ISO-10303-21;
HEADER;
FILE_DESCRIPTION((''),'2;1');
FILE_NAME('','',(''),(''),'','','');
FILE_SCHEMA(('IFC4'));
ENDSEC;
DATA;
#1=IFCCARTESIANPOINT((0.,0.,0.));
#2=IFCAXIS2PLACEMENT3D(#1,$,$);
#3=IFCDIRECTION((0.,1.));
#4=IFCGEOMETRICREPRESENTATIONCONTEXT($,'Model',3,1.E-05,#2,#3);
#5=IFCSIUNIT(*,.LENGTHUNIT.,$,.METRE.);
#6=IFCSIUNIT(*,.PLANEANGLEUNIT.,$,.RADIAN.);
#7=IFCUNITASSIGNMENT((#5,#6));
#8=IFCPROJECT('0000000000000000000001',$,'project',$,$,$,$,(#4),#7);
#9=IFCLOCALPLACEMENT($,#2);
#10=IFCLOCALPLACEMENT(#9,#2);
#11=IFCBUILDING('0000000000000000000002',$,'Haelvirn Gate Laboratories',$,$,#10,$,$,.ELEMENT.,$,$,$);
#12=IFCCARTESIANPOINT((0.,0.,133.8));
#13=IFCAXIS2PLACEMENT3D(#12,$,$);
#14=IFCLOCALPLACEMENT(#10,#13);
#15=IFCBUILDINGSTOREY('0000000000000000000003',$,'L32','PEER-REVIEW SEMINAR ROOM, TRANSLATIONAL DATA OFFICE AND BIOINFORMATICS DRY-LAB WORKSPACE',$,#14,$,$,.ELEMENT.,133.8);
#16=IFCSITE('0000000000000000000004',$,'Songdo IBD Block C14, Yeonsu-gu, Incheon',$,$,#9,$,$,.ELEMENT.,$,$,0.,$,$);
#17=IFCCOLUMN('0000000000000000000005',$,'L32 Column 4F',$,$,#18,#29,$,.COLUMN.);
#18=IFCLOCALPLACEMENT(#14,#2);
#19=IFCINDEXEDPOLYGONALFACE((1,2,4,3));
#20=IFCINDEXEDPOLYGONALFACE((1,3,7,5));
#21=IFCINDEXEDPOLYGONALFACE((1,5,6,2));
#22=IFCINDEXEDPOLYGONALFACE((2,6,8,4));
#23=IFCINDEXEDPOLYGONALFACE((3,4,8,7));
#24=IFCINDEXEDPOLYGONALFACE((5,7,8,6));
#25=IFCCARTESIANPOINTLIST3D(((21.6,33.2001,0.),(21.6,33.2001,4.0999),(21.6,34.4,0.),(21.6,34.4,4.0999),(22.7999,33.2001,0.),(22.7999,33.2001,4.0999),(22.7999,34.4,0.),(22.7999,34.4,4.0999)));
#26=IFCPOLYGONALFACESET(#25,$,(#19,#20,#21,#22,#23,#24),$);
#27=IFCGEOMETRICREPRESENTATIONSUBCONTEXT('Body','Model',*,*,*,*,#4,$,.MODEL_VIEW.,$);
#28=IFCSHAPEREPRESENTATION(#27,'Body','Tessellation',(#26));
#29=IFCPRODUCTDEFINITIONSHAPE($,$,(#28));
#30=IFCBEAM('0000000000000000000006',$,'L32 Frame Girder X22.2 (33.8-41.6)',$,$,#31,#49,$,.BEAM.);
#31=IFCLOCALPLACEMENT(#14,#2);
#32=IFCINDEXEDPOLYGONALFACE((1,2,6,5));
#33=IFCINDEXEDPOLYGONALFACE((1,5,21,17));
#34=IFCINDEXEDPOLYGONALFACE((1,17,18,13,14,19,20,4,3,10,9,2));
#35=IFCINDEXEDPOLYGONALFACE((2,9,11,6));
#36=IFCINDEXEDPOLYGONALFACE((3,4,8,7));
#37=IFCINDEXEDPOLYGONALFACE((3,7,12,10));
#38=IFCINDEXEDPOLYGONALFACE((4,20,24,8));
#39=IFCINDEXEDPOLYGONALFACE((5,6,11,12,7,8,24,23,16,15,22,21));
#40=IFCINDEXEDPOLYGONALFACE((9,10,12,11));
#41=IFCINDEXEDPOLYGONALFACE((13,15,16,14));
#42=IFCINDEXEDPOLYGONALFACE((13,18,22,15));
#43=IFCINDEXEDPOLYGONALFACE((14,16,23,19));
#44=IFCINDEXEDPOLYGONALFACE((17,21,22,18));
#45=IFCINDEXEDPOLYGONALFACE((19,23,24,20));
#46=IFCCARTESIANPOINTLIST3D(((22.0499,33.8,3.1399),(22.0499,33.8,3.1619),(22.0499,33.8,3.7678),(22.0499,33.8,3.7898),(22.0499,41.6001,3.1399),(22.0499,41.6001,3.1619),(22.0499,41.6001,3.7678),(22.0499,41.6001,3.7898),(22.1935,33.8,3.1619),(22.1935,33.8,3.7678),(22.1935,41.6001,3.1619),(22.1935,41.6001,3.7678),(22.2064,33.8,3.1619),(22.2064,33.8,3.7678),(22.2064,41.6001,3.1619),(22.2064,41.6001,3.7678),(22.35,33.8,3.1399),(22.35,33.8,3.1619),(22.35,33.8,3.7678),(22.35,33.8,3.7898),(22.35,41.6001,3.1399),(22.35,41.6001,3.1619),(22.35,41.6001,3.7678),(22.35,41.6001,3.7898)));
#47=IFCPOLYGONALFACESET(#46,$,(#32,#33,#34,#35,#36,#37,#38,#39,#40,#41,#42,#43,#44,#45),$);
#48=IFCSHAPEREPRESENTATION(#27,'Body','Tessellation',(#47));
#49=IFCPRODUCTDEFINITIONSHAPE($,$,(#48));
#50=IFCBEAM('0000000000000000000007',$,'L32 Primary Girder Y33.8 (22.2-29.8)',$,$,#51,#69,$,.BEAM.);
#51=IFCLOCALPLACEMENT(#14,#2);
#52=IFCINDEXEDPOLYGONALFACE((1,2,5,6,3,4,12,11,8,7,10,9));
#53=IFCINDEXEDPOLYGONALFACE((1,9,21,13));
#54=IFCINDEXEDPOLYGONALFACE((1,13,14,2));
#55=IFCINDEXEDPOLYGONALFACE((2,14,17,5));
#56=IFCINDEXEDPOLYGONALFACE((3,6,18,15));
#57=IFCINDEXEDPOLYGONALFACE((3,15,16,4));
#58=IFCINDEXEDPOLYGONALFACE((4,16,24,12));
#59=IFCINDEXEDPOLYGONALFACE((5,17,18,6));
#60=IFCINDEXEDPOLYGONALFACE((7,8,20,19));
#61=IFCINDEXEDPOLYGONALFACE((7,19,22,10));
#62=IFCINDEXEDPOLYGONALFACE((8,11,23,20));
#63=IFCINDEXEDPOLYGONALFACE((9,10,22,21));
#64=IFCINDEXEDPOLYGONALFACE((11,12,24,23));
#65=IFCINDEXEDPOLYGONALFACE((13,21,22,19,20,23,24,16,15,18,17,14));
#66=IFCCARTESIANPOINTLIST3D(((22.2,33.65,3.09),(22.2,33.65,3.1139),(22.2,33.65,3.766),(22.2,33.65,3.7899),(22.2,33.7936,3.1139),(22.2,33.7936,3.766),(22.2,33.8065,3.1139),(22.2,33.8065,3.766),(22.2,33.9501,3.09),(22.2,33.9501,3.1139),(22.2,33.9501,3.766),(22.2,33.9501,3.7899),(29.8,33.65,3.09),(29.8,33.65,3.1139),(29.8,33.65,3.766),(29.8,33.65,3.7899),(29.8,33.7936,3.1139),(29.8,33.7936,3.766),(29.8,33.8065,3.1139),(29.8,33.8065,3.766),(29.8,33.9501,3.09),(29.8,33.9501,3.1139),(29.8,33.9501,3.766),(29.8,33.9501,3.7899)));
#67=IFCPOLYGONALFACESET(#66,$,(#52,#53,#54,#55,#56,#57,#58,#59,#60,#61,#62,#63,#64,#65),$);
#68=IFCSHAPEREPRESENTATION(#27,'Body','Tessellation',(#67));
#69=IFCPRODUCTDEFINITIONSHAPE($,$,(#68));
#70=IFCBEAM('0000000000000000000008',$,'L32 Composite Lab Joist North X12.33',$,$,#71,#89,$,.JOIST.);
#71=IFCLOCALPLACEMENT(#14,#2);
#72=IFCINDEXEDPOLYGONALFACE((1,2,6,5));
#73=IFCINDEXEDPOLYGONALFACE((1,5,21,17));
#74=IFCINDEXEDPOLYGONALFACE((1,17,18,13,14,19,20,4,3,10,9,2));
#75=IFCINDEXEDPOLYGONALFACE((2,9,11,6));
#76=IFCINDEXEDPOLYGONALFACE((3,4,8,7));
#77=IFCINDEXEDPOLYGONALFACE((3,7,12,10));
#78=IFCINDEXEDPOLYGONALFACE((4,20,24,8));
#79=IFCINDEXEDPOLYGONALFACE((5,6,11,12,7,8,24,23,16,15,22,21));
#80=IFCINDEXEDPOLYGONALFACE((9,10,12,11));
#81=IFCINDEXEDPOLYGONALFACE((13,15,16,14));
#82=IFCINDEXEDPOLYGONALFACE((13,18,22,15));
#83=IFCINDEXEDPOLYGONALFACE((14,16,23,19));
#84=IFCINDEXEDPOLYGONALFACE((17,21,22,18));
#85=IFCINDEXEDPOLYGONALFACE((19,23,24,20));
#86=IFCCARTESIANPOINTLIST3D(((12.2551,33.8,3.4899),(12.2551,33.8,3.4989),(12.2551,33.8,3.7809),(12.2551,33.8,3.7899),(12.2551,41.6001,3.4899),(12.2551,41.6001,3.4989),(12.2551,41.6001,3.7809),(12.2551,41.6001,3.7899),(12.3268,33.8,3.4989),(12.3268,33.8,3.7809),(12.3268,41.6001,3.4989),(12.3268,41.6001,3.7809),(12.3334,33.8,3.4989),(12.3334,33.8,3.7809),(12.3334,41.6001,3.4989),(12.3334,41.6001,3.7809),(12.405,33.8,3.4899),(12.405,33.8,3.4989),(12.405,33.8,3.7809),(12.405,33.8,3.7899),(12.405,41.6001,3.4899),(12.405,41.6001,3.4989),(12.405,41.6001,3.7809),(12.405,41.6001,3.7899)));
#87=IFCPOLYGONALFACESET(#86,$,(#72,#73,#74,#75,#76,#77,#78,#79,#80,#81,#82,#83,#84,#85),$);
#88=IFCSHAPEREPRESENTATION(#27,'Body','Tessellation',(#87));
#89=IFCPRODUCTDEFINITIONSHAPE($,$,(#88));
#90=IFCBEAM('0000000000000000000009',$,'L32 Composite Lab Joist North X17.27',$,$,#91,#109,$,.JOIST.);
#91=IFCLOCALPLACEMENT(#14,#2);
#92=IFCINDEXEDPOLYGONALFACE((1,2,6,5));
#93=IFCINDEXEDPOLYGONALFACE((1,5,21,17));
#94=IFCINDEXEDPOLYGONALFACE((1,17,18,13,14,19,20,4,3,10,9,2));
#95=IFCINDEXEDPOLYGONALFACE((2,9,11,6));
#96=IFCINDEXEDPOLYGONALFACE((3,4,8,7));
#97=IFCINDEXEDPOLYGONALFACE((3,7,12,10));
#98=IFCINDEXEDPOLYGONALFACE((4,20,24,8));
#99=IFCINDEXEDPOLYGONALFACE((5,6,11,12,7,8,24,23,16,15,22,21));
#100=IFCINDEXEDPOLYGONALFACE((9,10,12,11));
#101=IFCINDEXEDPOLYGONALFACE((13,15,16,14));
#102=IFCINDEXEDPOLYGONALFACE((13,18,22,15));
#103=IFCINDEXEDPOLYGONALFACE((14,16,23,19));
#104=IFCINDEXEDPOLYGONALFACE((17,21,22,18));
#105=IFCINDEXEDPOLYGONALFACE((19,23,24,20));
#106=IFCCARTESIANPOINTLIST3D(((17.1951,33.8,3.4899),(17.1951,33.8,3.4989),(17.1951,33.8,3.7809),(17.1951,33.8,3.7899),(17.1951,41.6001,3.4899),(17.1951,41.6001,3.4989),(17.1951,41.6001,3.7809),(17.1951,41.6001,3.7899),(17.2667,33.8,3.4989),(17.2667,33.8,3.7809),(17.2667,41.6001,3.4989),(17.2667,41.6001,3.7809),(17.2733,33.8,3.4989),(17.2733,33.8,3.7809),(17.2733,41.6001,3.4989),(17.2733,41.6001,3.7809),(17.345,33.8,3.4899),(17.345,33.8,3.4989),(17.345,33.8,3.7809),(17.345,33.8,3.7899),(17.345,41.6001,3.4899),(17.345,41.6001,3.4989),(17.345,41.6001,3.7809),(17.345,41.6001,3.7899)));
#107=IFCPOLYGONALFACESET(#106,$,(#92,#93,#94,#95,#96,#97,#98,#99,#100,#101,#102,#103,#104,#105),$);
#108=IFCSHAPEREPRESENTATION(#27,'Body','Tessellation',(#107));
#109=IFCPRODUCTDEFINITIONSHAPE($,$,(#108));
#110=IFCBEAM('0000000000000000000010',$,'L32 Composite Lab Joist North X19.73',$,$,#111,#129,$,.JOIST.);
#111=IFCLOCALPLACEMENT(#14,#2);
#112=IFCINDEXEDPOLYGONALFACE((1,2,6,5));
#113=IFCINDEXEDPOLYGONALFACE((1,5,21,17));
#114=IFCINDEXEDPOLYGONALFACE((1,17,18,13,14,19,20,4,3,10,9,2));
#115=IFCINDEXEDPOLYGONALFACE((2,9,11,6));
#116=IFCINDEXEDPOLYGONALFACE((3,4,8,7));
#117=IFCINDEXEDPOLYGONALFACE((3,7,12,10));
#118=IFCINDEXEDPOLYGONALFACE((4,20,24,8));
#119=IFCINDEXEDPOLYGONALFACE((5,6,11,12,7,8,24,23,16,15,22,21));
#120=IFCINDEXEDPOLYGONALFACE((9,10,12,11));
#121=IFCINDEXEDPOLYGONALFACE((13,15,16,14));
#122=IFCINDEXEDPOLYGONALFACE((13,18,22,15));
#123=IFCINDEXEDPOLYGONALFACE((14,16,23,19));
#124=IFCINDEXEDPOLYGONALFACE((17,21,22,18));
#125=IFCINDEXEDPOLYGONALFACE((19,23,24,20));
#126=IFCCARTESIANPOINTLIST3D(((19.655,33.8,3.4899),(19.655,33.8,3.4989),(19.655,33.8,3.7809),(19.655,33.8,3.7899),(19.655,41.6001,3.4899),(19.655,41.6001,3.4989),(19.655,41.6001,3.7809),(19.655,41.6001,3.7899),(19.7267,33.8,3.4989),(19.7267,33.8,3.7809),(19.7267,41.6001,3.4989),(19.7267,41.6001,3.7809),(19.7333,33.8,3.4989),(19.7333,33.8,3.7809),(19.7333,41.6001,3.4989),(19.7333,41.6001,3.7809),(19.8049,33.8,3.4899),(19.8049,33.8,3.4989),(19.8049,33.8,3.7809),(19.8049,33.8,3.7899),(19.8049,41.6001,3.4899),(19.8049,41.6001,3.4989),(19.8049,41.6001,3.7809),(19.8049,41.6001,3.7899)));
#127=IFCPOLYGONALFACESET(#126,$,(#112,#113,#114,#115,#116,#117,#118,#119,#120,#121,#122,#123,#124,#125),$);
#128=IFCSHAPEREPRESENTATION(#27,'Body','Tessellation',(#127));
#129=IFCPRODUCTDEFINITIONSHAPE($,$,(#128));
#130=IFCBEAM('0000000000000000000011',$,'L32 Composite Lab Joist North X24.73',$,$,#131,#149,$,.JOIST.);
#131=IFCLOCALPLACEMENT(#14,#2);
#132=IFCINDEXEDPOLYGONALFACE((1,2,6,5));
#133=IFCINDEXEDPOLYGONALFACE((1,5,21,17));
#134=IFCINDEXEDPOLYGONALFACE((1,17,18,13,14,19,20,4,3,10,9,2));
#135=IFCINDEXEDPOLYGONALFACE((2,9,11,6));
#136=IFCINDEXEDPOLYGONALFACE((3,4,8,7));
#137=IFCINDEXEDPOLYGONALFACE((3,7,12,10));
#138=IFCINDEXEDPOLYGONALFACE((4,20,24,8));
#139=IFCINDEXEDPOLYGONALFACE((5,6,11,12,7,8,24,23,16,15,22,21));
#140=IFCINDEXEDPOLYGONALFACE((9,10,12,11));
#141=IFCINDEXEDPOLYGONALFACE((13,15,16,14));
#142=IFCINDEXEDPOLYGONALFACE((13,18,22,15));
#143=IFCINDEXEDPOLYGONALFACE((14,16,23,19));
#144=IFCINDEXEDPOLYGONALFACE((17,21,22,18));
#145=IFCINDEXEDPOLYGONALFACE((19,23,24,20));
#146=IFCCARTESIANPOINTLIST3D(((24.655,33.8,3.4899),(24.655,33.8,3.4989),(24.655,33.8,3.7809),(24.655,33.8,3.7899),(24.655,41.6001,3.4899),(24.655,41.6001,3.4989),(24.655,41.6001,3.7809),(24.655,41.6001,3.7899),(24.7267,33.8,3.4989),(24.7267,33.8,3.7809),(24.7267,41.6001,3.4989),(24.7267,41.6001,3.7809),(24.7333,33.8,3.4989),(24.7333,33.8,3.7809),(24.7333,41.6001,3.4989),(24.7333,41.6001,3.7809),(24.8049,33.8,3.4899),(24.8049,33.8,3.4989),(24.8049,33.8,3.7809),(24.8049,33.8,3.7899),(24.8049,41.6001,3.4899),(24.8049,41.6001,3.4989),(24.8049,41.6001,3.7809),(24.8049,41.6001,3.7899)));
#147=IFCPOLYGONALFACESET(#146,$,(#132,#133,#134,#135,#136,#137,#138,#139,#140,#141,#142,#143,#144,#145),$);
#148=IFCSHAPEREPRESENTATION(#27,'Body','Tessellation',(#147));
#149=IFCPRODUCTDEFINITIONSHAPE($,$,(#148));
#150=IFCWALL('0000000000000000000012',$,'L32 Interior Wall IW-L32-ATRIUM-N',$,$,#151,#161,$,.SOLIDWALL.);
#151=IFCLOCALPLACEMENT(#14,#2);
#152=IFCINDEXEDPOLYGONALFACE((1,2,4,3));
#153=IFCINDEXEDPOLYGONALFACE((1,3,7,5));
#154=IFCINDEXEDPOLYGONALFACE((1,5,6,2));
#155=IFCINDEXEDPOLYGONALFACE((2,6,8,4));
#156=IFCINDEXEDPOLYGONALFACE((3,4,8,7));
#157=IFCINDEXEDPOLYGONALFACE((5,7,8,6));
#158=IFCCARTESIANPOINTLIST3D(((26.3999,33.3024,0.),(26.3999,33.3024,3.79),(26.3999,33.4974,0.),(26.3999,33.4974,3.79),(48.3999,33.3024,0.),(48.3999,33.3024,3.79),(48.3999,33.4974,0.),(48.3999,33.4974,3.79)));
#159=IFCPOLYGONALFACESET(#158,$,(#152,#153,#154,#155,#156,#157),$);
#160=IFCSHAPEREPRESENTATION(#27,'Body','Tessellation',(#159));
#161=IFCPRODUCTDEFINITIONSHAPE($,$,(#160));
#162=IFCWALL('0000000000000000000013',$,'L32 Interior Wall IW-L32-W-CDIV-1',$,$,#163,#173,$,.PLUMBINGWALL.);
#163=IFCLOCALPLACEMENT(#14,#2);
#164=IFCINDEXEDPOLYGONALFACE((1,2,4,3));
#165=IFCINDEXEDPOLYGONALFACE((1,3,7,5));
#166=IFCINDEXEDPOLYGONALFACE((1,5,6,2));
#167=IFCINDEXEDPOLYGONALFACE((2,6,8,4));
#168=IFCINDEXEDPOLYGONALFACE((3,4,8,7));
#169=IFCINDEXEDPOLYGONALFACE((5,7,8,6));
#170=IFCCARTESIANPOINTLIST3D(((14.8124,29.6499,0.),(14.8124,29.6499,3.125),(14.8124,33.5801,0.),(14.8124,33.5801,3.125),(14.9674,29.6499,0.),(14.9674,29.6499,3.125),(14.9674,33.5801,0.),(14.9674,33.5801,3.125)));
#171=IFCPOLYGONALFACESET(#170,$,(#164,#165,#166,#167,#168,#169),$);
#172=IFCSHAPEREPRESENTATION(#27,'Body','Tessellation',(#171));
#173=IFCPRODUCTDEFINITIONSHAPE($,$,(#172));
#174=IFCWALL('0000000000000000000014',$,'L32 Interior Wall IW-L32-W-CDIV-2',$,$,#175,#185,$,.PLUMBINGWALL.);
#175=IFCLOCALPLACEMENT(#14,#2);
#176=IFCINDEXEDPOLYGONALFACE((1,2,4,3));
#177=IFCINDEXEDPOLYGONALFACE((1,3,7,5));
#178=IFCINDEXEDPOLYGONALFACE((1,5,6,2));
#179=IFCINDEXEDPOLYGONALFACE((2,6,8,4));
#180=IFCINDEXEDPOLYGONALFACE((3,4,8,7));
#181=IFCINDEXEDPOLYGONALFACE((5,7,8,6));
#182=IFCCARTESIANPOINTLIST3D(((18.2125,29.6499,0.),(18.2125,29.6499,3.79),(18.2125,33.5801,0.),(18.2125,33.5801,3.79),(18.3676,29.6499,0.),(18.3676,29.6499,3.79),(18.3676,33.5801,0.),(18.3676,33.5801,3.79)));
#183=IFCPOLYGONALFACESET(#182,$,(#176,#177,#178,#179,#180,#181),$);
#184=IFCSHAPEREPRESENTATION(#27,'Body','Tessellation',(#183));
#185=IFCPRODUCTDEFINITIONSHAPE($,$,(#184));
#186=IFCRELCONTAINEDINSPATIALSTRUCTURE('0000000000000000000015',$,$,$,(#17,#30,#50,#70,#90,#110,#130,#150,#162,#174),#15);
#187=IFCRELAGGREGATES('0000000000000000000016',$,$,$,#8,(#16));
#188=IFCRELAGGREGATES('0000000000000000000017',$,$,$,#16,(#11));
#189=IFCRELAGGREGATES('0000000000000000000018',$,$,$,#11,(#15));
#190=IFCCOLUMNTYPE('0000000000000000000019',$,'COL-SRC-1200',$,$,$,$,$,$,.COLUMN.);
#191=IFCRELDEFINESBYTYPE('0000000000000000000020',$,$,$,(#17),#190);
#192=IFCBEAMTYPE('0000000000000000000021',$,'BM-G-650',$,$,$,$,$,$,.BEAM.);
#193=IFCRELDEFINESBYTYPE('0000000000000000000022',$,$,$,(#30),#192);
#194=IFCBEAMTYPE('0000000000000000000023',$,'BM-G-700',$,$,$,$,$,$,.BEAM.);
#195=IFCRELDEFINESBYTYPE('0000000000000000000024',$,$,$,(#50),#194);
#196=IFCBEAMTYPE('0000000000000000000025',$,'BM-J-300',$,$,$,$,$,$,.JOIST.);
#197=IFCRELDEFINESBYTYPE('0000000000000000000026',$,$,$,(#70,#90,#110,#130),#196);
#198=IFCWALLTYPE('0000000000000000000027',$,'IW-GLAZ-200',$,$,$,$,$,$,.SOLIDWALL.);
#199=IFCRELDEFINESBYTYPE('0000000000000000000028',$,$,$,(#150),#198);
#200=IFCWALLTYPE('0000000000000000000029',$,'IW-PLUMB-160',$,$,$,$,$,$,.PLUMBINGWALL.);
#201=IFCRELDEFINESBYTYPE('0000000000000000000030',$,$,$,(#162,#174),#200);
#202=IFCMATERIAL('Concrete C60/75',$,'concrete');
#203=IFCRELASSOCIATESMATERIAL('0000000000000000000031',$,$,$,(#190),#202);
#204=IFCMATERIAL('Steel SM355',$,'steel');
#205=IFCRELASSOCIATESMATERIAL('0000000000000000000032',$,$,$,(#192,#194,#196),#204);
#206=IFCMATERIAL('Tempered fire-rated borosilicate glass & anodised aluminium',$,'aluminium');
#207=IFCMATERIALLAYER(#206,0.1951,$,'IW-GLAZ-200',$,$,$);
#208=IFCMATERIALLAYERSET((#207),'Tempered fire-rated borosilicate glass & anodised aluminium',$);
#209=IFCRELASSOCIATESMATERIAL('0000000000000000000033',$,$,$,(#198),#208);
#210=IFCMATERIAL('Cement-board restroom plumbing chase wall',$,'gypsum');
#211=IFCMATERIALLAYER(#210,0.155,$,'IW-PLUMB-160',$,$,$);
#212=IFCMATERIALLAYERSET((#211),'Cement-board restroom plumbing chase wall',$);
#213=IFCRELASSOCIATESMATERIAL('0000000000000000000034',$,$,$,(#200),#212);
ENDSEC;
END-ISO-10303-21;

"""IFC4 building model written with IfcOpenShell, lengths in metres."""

from ifc_helpers import new_model, si_unit, direction, frame, frame_2d, origin, origin_2d, place, context, subcontext, project, spatial, rectangle, i_section, extrude, source, transform, mapped, material, layer, layer_set, material_profile, profile_set, type_object, type_shapes, element, save


model = new_model("IFC4")

# Units and contexts
model_context = context("Model", 3, precision=1e-05, world=origin(), true_north=direction((0.0, 1.0)))
body_context = subcontext(model_context, "Body", "Model", "MODEL_VIEW")
ifc_project = project(units=[si_unit("LENGTHUNIT", "METRE"), si_unit("PLANEANGLEUNIT", "RADIAN")], contexts=[model_context])

# Site, building, storey
site_placement = place(None, origin())
site = spatial("IfcSite", under=ifc_project, at=site_placement, Name="Songdo IBD Block C14, Yeonsu-gu, Incheon", CompositionType="ELEMENT", RefElevation=0.0)
building_placement = place(site_placement, origin())
building = spatial("IfcBuilding", under=site, at=building_placement, Name="Haelvirn Gate Laboratories", CompositionType="ELEMENT")
storey_placement = place(building_placement, frame((0.0, 0.0, 133.8)))
storey = spatial("IfcBuildingStorey", under=building, at=storey_placement, Name="L32", Description="PEER-REVIEW SEMINAR ROOM, TRANSLATIONAL DATA OFFICE AND BIOINFORMATICS DRY-LAB WORKSPACE", CompositionType="ELEMENT", Elevation=133.8)

# Column
ifc_material_1 = material(Name="Concrete C60/75", Category="concrete")
ifc_material_profile_1 = material_profile(ifc_material_1, rectangle(XDim=1.2, YDim=1.2, at=origin_2d()), Name="SRC-1200x1200")
ifc_profile_set_1 = profile_set([ifc_material_profile_1], Name="Concrete C60/75")
column_type = type_object("IfcColumnType", Name="COL-SRC-1200", PredefinedType="COLUMN", material=ifc_profile_set_1)
shared_shape_1 = source(origin(), body_context, "Body", "SweptSolid", [
    extrude(rectangle(XDim=1.2, YDim=1.2, at=origin_2d()), origin(), (0.0, 0.0, 1.0), 4.0999),
])
type_shapes(column_type, [shared_shape_1])
column_placement = place(storey_placement, frame((22.2, 33.8, 0.0), z_axis=(0.0, 0.0, 1.0), x_axis=(1.0, 0.0, 0.0)))
element("IfcColumn", 1, at=column_placement, inside=storey, type_object=column_type, Name="L32 Column 4F", PredefinedType="COLUMN", context=body_context, shape_type="MappedRepresentation", body=[
    mapped(shared_shape_1, transform((0.0, 0.0, 0.0), scale=1.0)),
])

# Beams
ifc_material_2 = material(Name="Steel SM355", Category="steel")
ifc_material_profile_2 = material_profile(ifc_material_2, i_section(OverallWidth=0.3, OverallDepth=0.6499, WebThickness=0.0129, FlangeThickness=0.022, at=origin_2d()), Name="H-650x300x13x22")
ifc_profile_set_2 = profile_set([ifc_material_profile_2], Name="Steel SM355")
beam_type_1 = type_object("IfcBeamType", Name="BM-G-650", PredefinedType="BEAM", material=ifc_profile_set_2)
shared_shape_2 = source(origin(), body_context, "Body", "SweptSolid", [
    extrude(i_section(OverallWidth=0.3, OverallDepth=0.6499, WebThickness=0.0129, FlangeThickness=0.022, at=origin_2d()), origin(), (0.0, 0.0, 1.0), 7.8),
])
type_shapes(beam_type_1, [shared_shape_2])
beam_1_placement = place(storey_placement, frame((22.2, 33.8, 3.4648), z_axis=(0.0, 1.0, 0.0), x_axis=(-1.0, 0.0, 0.0)))
element("IfcBeam", 2, at=beam_1_placement, inside=storey, type_object=beam_type_1, Name="L32 Frame Girder X22.2 (33.8-41.6)", PredefinedType="BEAM", context=body_context, shape_type="MappedRepresentation", body=[
    mapped(shared_shape_2, transform((0.0, 0.0, 0.0), scale=1.0)),
])
ifc_material_profile_3 = material_profile(ifc_material_2, i_section(OverallWidth=0.3, OverallDepth=0.7, WebThickness=0.0129, FlangeThickness=0.0239, at=origin_2d()), Name="H-700x300x13x24")
ifc_profile_set_3 = profile_set([ifc_material_profile_3], Name="Steel SM355")
beam_type_2 = type_object("IfcBeamType", Name="BM-G-700", PredefinedType="BEAM", material=ifc_profile_set_3)
shared_shape_3 = source(origin(), body_context, "Body", "SweptSolid", [
    extrude(i_section(OverallWidth=0.3, OverallDepth=0.7, WebThickness=0.0129, FlangeThickness=0.0239, at=origin_2d()), origin(), (0.0, 0.0, 1.0), 7.6001),
])
type_shapes(beam_type_2, [shared_shape_3])
beam_2_placement = place(storey_placement, frame((22.2, 33.8, 3.4399), z_axis=(1.0, 0.0, 0.0), x_axis=(0.0, 1.0, 0.0)))
element("IfcBeam", 3, at=beam_2_placement, inside=storey, type_object=beam_type_2, Name="L32 Primary Girder Y33.8 (22.2-29.8)", PredefinedType="BEAM", context=body_context, shape_type="MappedRepresentation", body=[
    mapped(shared_shape_3, transform((0.0, 0.0, 0.0), scale=1.0)),
])
ifc_material_profile_4 = material_profile(ifc_material_2, i_section(OverallWidth=0.1499, OverallDepth=0.3, WebThickness=0.0066, FlangeThickness=0.009, at=origin_2d()), Name="H-300x150x6.5x9")
ifc_profile_set_4 = profile_set([ifc_material_profile_4], Name="Steel SM355")
beam_type_3 = type_object("IfcBeamType", Name="BM-J-300", PredefinedType="JOIST", material=ifc_profile_set_4)
shared_shape_4 = source(origin(), body_context, "Body", "SweptSolid", [
    extrude(i_section(OverallWidth=0.1499, OverallDepth=0.3, WebThickness=0.0066, FlangeThickness=0.009, at=origin_2d()), origin(), (0.0, 0.0, 1.0), 7.8),
])
type_shapes(beam_type_3, [shared_shape_4])
for number, where, z_axis, x_axis, name in (
    (4, (12.3301, 33.8, 3.6399), (0.0, 1.0, 0.0), (-1.0, 0.0, 0.0), "L32 Composite Lab Joist North X12.33"),
    (5, (17.27, 33.8, 3.6399), (0.0, 1.0, 0.0), (-1.0, 0.0, 0.0), "L32 Composite Lab Joist North X17.27"),
    (6, (19.73, 33.8, 3.6399), (0.0, 1.0, 0.0), (-1.0, 0.0, 0.0), "L32 Composite Lab Joist North X19.73"),
    (7, (24.73, 33.8, 3.6399), (0.0, 1.0, 0.0), (-1.0, 0.0, 0.0), "L32 Composite Lab Joist North X24.73"),
):
    element("IfcBeam", number, at=place(storey_placement, frame(where, z_axis=z_axis, x_axis=x_axis)), inside=storey, type_object=beam_type_3, Name=name, PredefinedType="JOIST", context=body_context, shape_type="MappedRepresentation", body=[
        mapped(shared_shape_4, transform((0.0, 0.0, 0.0), scale=1.0)),
    ])

# Walls
ifc_material_3 = material(Name="Tempered fire-rated borosilicate glass & anodised aluminium", Category="aluminium")
ifc_layer_1 = layer(ifc_material_3, 0.1951, Name="IW-GLAZ-200")
ifc_layer_set_1 = layer_set([ifc_layer_1], Name="Tempered fire-rated borosilicate glass & anodised aluminium")
wall_type_1 = type_object("IfcWallType", Name="IW-GLAZ-200", PredefinedType="SOLIDWALL", material=ifc_layer_set_1)
wall_1_placement = place(storey_placement, frame((26.3999, 33.3999, 0.0), z_axis=(0.0, 0.0, 1.0), x_axis=(1.0, 0.0, 0.0)))
element("IfcWall", 8, at=wall_1_placement, inside=storey, type_object=wall_type_1, Name="L32 Interior Wall IW-L32-ATRIUM-N", PredefinedType="SOLIDWALL", context=body_context, shape_type="SweptSolid", body=[
    extrude(rectangle(XDim=22.0, YDim=0.1951, at=frame_2d((11.0, 0.0))), origin(), (0.0, 0.0, 1.0), 3.79),
])
ifc_material_4 = material(Name="Cement-board restroom plumbing chase wall", Category="gypsum")
ifc_layer_2 = layer(ifc_material_4, 0.155, Name="IW-PLUMB-160")
ifc_layer_set_2 = layer_set([ifc_layer_2], Name="Cement-board restroom plumbing chase wall")
wall_type_2 = type_object("IfcWallType", Name="IW-PLUMB-160", PredefinedType="PLUMBINGWALL", material=ifc_layer_set_2)
wall_2_placement = place(storey_placement, frame((14.8899, 29.6499, 0.0), z_axis=(0.0, 0.0, 1.0), x_axis=(0.0, 1.0, 0.0)))
element("IfcWall", 9, at=wall_2_placement, inside=storey, type_object=wall_type_2, Name="L32 Interior Wall IW-L32-W-CDIV-1", PredefinedType="PLUMBINGWALL", context=body_context, shape_type="SweptSolid", body=[
    extrude(rectangle(XDim=3.9302, YDim=0.155, at=frame_2d((1.9651, 0.0))), origin(), (0.0, 0.0, 1.0), 3.125),
])
wall_3_placement = place(storey_placement, frame((18.29, 29.6499, 0.0), z_axis=(0.0, 0.0, 1.0), x_axis=(0.0, 1.0, 0.0)))
element("IfcWall", 10, at=wall_3_placement, inside=storey, type_object=wall_type_2, Name="L32 Interior Wall IW-L32-W-CDIV-2", PredefinedType="PLUMBINGWALL", context=body_context, shape_type="SweptSolid", body=[
    extrude(rectangle(XDim=3.9302, YDim=0.155, at=frame_2d((1.9651, 0.0))), origin(), (0.0, 0.0, 1.0), 3.79),
])

save(model, "model.ifc")
